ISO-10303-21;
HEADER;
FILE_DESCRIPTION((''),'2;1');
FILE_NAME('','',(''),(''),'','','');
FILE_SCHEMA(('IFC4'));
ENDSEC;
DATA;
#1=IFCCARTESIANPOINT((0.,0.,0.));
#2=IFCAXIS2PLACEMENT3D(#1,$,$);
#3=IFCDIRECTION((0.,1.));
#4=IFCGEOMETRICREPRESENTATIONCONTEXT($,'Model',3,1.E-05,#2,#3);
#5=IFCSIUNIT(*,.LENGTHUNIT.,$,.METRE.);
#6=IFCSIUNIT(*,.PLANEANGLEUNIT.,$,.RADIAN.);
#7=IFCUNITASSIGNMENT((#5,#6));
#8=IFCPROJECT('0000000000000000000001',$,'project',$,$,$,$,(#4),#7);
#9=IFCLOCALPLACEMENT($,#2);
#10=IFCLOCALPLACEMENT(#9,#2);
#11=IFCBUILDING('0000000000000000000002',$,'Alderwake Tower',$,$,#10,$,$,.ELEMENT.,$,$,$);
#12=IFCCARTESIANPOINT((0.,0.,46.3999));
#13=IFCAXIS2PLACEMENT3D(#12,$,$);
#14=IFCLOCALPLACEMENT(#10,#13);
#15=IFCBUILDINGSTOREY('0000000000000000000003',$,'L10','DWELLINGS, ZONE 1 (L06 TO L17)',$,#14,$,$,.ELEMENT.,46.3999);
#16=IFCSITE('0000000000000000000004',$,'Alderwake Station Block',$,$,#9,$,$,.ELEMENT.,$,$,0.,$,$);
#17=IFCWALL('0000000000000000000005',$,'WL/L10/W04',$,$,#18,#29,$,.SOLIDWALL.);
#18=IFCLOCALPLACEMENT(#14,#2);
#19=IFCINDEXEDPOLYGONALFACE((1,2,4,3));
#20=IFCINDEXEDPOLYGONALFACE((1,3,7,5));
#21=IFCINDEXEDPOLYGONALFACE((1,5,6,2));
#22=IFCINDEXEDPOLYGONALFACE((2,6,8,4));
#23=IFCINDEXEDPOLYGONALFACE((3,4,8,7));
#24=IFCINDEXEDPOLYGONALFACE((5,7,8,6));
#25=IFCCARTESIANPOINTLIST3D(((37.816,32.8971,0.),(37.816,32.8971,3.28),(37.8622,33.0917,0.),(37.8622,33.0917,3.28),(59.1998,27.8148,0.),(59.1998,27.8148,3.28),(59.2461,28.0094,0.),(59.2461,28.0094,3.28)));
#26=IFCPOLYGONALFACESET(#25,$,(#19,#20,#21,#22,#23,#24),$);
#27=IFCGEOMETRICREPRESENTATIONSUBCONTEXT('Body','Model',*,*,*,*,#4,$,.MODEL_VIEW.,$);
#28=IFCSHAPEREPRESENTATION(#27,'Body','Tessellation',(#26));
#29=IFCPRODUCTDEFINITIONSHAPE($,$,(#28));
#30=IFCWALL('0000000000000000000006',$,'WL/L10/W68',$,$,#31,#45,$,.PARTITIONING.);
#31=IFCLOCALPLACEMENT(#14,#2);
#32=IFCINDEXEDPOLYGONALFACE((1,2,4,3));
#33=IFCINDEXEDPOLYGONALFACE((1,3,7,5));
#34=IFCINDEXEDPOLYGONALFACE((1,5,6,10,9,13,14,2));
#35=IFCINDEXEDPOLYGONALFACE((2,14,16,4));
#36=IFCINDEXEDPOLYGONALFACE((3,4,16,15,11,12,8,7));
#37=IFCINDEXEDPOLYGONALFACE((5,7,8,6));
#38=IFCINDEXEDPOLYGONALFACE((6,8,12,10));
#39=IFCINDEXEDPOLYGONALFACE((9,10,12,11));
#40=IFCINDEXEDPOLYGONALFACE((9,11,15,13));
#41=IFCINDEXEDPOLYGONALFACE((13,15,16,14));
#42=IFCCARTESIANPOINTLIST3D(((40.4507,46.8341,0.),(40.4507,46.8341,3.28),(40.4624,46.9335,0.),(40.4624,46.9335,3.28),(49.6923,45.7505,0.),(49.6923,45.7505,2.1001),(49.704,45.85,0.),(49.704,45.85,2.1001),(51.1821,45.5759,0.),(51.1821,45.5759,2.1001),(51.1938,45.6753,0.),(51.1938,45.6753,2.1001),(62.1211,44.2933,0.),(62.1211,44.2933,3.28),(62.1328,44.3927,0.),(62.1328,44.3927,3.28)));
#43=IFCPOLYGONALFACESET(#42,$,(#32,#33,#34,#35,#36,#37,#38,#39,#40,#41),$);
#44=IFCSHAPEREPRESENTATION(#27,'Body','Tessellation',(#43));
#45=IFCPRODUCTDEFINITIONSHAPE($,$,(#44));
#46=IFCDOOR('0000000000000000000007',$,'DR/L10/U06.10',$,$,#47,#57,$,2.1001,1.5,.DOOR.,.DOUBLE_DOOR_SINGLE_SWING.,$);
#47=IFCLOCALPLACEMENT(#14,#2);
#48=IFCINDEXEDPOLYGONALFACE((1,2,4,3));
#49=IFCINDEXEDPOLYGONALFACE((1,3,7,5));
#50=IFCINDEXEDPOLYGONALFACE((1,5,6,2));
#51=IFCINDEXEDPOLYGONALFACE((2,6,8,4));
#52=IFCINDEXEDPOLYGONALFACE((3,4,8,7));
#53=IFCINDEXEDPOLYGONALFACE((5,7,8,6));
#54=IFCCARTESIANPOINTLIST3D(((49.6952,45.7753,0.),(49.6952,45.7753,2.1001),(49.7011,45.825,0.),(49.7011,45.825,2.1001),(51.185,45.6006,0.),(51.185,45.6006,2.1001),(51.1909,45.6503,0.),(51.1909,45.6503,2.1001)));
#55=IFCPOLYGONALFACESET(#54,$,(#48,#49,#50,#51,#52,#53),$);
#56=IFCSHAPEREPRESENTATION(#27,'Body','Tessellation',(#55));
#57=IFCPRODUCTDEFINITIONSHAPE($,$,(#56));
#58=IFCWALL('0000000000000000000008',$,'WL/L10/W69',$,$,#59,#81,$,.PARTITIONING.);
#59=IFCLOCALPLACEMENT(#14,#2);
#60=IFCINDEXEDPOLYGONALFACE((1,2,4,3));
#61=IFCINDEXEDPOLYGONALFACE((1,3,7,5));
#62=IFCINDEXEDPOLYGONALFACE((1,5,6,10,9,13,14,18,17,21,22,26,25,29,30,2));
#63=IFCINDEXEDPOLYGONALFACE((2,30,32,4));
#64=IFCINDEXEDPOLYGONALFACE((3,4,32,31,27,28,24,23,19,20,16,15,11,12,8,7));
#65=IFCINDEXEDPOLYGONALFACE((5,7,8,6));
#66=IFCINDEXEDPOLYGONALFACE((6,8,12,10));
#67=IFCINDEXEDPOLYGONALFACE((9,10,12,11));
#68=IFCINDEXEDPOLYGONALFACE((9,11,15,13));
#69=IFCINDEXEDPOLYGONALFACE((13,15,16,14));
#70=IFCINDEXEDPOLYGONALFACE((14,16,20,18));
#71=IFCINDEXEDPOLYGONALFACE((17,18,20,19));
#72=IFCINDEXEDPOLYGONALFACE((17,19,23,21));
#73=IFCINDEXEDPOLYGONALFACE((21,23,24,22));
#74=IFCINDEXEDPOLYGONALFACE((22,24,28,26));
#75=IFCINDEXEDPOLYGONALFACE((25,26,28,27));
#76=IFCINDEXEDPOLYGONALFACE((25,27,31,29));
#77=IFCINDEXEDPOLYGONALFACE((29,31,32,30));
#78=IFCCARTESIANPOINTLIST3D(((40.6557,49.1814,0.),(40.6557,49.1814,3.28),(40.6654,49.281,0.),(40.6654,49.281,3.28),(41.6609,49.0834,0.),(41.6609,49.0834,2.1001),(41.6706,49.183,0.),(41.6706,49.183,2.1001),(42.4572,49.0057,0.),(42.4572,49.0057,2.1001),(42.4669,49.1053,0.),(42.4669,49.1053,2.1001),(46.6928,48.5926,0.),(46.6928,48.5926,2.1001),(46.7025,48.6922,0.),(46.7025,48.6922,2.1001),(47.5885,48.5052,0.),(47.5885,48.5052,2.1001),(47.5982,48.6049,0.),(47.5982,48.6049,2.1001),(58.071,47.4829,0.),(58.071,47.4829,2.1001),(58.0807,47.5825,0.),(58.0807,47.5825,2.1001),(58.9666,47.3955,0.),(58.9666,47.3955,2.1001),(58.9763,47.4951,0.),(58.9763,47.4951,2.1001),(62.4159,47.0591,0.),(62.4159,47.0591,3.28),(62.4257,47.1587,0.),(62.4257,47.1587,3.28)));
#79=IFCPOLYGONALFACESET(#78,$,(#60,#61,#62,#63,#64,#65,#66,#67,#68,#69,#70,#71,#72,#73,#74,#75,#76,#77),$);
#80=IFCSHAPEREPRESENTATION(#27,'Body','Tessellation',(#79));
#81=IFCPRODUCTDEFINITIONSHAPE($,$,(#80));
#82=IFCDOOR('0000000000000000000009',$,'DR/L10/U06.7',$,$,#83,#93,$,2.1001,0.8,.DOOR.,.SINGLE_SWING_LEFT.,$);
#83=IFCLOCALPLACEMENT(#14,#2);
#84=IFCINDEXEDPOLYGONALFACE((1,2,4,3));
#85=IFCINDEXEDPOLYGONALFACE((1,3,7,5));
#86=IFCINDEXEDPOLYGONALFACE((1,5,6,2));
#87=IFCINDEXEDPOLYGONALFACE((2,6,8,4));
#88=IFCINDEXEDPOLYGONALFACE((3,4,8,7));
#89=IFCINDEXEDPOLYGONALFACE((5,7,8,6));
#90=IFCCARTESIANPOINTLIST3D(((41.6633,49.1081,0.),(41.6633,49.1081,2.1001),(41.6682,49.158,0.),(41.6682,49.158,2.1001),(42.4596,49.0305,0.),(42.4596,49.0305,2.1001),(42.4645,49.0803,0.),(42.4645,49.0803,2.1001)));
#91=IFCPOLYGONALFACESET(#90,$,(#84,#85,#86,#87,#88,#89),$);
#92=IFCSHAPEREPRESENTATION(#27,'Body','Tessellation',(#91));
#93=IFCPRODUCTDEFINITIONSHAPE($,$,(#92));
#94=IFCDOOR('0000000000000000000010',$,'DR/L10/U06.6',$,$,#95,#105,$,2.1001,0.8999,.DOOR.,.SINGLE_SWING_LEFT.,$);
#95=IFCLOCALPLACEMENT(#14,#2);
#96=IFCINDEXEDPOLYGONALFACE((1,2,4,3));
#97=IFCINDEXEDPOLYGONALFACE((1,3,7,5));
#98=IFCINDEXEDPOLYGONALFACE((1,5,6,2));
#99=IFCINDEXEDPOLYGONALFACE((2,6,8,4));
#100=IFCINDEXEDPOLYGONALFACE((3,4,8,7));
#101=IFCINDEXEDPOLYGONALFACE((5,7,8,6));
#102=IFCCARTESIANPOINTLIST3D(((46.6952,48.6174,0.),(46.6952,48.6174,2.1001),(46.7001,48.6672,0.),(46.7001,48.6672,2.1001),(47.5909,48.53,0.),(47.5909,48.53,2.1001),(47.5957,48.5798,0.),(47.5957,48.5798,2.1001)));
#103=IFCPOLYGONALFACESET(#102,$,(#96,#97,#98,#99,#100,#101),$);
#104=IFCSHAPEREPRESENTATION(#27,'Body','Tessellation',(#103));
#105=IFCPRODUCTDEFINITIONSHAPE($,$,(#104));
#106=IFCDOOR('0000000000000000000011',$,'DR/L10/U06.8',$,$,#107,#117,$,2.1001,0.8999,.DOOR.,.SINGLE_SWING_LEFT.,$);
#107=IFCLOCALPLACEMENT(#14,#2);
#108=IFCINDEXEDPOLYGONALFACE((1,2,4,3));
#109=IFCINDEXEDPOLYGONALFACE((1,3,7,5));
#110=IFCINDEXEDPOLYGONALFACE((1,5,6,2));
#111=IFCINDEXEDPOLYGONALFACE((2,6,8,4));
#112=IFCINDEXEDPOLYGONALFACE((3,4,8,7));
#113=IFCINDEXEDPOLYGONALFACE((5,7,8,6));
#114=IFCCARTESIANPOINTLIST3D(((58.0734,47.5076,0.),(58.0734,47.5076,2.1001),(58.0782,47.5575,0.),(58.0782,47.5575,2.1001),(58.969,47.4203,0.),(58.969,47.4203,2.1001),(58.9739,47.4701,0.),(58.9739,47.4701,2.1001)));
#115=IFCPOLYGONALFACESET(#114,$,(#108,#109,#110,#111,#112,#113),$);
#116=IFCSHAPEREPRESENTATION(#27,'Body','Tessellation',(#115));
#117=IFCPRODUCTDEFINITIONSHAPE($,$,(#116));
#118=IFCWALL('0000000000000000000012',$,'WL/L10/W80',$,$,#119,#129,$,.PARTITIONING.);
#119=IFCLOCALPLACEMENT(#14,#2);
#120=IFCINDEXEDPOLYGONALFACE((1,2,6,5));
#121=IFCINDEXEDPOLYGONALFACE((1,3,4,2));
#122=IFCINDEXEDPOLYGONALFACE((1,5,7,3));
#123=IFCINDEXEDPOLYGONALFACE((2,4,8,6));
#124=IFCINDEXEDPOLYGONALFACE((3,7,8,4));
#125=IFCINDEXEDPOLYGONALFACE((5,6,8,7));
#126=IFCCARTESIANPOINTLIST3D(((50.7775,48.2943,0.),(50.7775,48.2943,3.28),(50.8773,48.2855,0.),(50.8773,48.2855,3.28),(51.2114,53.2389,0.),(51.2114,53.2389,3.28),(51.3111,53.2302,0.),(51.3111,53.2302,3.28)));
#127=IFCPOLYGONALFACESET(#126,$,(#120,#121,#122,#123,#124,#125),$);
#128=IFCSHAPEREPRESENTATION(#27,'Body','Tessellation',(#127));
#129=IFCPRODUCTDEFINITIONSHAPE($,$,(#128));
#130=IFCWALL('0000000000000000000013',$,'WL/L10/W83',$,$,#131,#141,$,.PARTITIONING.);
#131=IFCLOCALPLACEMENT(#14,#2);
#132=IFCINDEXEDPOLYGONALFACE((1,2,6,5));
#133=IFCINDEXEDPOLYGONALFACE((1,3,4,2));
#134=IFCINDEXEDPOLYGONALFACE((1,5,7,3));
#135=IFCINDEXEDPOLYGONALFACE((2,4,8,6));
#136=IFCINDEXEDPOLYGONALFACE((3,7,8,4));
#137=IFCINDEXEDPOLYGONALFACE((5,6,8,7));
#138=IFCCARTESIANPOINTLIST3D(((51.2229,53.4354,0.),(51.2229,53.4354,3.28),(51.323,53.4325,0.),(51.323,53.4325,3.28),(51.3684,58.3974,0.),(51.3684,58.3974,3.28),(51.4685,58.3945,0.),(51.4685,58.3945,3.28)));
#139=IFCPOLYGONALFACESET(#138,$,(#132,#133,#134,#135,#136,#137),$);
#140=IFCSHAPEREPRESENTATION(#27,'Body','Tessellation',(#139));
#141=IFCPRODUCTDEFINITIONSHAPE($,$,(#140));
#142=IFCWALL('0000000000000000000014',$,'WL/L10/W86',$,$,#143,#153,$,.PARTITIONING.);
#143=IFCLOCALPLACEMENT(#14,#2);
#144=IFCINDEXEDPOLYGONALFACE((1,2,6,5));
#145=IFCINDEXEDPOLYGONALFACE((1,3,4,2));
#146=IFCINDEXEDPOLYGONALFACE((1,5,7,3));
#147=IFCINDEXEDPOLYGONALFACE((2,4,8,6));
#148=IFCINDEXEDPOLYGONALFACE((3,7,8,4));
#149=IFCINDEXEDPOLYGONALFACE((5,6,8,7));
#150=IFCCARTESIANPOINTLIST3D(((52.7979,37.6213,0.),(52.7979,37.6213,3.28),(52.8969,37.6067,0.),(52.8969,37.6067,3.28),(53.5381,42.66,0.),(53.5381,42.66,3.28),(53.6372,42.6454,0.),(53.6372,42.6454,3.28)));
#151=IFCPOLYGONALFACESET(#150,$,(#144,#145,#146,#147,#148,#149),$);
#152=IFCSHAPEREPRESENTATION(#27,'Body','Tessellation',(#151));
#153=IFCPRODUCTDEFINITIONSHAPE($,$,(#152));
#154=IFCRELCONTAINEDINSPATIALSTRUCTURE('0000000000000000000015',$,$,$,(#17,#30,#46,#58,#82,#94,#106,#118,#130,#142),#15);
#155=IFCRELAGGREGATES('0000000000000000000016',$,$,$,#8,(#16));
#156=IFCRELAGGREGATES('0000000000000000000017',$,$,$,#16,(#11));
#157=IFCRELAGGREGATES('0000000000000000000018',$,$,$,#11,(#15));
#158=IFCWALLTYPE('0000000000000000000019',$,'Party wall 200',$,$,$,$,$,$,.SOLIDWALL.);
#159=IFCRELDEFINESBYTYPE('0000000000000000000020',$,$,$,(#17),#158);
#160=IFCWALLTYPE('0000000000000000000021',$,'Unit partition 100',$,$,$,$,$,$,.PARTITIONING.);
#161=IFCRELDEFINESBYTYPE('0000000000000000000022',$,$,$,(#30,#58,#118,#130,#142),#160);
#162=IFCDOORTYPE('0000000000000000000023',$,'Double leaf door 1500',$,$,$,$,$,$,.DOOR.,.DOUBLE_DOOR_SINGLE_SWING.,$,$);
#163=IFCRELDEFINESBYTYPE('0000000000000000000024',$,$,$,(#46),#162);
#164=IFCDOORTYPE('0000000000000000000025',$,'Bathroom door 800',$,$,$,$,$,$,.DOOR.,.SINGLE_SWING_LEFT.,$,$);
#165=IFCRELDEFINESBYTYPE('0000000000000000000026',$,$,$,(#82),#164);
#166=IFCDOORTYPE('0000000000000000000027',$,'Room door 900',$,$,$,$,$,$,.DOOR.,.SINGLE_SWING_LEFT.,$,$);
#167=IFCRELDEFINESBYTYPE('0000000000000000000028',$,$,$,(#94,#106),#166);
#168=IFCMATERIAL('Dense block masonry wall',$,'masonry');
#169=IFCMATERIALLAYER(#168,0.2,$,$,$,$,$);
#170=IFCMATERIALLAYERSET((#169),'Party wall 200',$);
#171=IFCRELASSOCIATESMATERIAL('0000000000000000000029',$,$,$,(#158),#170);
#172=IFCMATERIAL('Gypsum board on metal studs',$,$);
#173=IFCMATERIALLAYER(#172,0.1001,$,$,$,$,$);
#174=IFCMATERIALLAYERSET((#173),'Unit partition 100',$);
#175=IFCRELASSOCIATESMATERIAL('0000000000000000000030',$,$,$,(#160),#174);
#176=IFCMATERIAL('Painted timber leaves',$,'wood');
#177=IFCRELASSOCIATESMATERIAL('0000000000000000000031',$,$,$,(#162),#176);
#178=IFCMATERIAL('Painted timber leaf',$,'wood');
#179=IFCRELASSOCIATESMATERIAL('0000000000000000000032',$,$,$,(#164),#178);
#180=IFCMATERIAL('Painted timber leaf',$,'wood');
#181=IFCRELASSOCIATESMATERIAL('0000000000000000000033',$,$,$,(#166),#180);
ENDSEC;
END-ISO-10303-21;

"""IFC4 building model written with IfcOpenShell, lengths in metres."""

from ifc_helpers import new_model, si_unit, direction, frame, frame_2d, origin, place, context, subcontext, project, spatial, rectangle, extrude, material, layer, layer_set, type_object, element, fill, save


model = new_model("IFC4")

# Units and contexts
model_context = context("Model", 3, precision=1e-05, world=origin(), true_north=direction((0.0, 1.0)))
body_context = subcontext(model_context, "Body", "Model", "MODEL_VIEW")
ifc_project = project(units=[si_unit("LENGTHUNIT", "METRE"), si_unit("PLANEANGLEUNIT", "RADIAN")], contexts=[model_context])

# Site, building, storey
site_placement = place(None, origin())
site = spatial("IfcSite", under=ifc_project, at=site_placement, Name="Alderwake Station Block", CompositionType="ELEMENT", RefElevation=0.0)
building_placement = place(site_placement, origin())
building = spatial("IfcBuilding", under=site, at=building_placement, Name="Alderwake Tower", CompositionType="ELEMENT")
storey_placement = place(building_placement, frame((0.0, 0.0, 46.3999)))
storey = spatial("IfcBuildingStorey", under=building, at=storey_placement, Name="L10", Description="DWELLINGS, ZONE 1 (L06 TO L17)", CompositionType="ELEMENT", Elevation=46.3999)

# Wall
ifc_material_1 = material(Name="Dense block masonry wall", Category="masonry")
ifc_layer_1 = layer(ifc_material_1, 0.2)
ifc_layer_set_1 = layer_set([ifc_layer_1], Name="Party wall 200")
wall_type_1 = type_object("IfcWallType", Name="Party wall 200", PredefinedType="SOLIDWALL", material=ifc_layer_set_1)
wall_1_placement = place(storey_placement, frame((37.8391, 32.9944, 0.0), z_axis=(0.0, 0.0, 1.0), x_axis=(0.972899, -0.231229, 0.0)))
element("IfcWall", 1, at=wall_1_placement, inside=storey, type_object=wall_type_1, Name="WL/L10/W04", PredefinedType="SOLIDWALL", context=body_context, shape_type="SweptSolid", body=[
    extrude(rectangle(XDim=21.9795, YDim=0.2, at=frame_2d((10.9897, 0.0))), origin(), (0.0, 0.0, 1.0), 3.28),
])

# Wall, opening, door
ifc_material_2 = material(Name="Gypsum board on metal studs")
ifc_layer_2 = layer(ifc_material_2, 0.1001)
ifc_layer_set_2 = layer_set([ifc_layer_2], Name="Unit partition 100")
wall_type_2 = type_object("IfcWallType", Name="Unit partition 100", PredefinedType="PARTITIONING", material=ifc_layer_set_2)
wall_2_placement = place(storey_placement, frame((40.4565, 46.8838, 0.0), z_axis=(0.0, 0.0, 1.0), x_axis=(0.993197, -0.116448, 0.0)))
wall_2 = element("IfcWall", 2, at=wall_2_placement, inside=storey, type_object=wall_type_2, Name="WL/L10/W68", PredefinedType="PARTITIONING", context=body_context, shape_type="SweptSolid", body=[
    extrude(rectangle(XDim=21.8188, YDim=0.1001, at=frame_2d((10.9094, 0.0))), origin(), (0.0, 0.0, 1.0), 3.28),
])
opening_1_placement = place(wall_2_placement, frame((9.3049, 0.0, 0.0)))
opening_1 = element("IfcOpeningElement", 3, at=opening_1_placement, cuts=wall_2, PredefinedType="OPENING", context=body_context, shape_type="SweptSolid", body=[
    extrude(rectangle(XDim=1.5, YDim=2.1001, at=frame_2d((0.75, 1.05))), frame((0.0, 0.0601, 0.0), z_axis=(0.0, -1.0, 0.0), x_axis=(1.0, 0.0, 0.0)), (0.0, 0.0, 1.0), 0.1201),
])
ifc_material_3 = material(Name="Painted timber leaves", Category="wood")
door_type_1 = type_object("IfcDoorType", Name="Double leaf door 1500", OperationType="DOUBLE_DOOR_SINGLE_SWING", PredefinedType="DOOR", material=ifc_material_3)
door_1_placement = place(opening_1_placement, origin())
door_1 = element("IfcDoor", 4, at=door_1_placement, inside=storey, type_object=door_type_1, Name="DR/L10/U06.10", OperationType="DOUBLE_DOOR_SINGLE_SWING", OverallHeight=2.1001, OverallWidth=1.5, PredefinedType="DOOR", context=body_context, shape_type="SweptSolid", body=[
    extrude(rectangle(XDim=1.5, YDim=2.1001, at=frame_2d((0.75, 1.05))), frame((0.0, 0.0249, 0.0), z_axis=(0.0, -1.0, 0.0), x_axis=(1.0, 0.0, 0.0)), (0.0, 0.0, 1.0), 0.05),
])
fill(opening_1, door_1)

# Wall, openings, doors
wall_3_placement = place(storey_placement, frame((40.6606, 49.2312, 0.0), z_axis=(0.0, 0.0, 1.0), x_axis=(0.995277, -0.097071, 0.0)))
wall_3 = element("IfcWall", 5, at=wall_3_placement, inside=storey, type_object=wall_type_2, Name="WL/L10/W69", PredefinedType="PARTITIONING", context=body_context, shape_type="SweptSolid", body=[
    extrude(rectangle(XDim=21.8635, YDim=0.1001, at=frame_2d((10.9316, 0.0))), origin(), (0.0, 0.0, 1.0), 3.28),
])
opening_2_placement = place(wall_3_placement, frame((6.0657, 0.0, 0.0)))
opening_2 = element("IfcOpeningElement", 6, at=opening_2_placement, cuts=wall_3, PredefinedType="OPENING", context=body_context, shape_type="SweptSolid", body=[
    extrude(rectangle(XDim=0.8999, YDim=2.1001, at=frame_2d((0.45, 1.05))), frame((0.0, 0.0601, 0.0), z_axis=(0.0, -1.0, 0.0), x_axis=(1.0, 0.0, 0.0)), (0.0, 0.0, 1.0), 0.1201),
])
opening_3_placement = place(wall_3_placement, frame((1.01, 0.0, 0.0)))
opening_3 = element("IfcOpeningElement", 7, at=opening_3_placement, cuts=wall_3, PredefinedType="OPENING", context=body_context, shape_type="SweptSolid", body=[
    extrude(rectangle(XDim=0.8, YDim=2.1001, at=frame_2d((0.3999, 1.05))), frame((0.0, 0.0601, 0.0), z_axis=(0.0, -1.0, 0.0), x_axis=(1.0, 0.0, 0.0)), (0.0, 0.0, 1.0), 0.1201),
])
opening_4_placement = place(wall_3_placement, frame((17.4978, 0.0, 0.0)))
opening_4 = element("IfcOpeningElement", 8, at=opening_4_placement, cuts=wall_3, PredefinedType="OPENING", context=body_context, shape_type="SweptSolid", body=[
    extrude(rectangle(XDim=0.8999, YDim=2.1001, at=frame_2d((0.45, 1.05))), frame((0.0, 0.0601, 0.0), z_axis=(0.0, -1.0, 0.0), x_axis=(1.0, 0.0, 0.0)), (0.0, 0.0, 1.0), 0.1201),
])
ifc_material_4 = material(Name="Painted timber leaf", Category="wood")
door_type_2 = type_object("IfcDoorType", Name="Bathroom door 800", OperationType="SINGLE_SWING_LEFT", PredefinedType="DOOR", material=ifc_material_4)
door_2_placement = place(opening_3_placement, origin())
door_2 = element("IfcDoor", 9, at=door_2_placement, inside=storey, type_object=door_type_2, Name="DR/L10/U06.7", OperationType="SINGLE_SWING_LEFT", OverallHeight=2.1001, OverallWidth=0.8, PredefinedType="DOOR", context=body_context, shape_type="SweptSolid", body=[
    extrude(rectangle(XDim=0.8, YDim=2.1001, at=frame_2d((0.3999, 1.05))), frame((0.0, 0.0249, 0.0), z_axis=(0.0, -1.0, 0.0), x_axis=(1.0, 0.0, 0.0)), (0.0, 0.0, 1.0), 0.05),
])
fill(opening_3, door_2)
ifc_material_5 = material(Name="Painted timber leaf", Category="wood")
door_type_3 = type_object("IfcDoorType", Name="Room door 900", OperationType="SINGLE_SWING_LEFT", PredefinedType="DOOR", material=ifc_material_5)
door_3_placement = place(opening_2_placement, origin())
door_3 = element("IfcDoor", 10, at=door_3_placement, inside=storey, type_object=door_type_3, Name="DR/L10/U06.6", OperationType="SINGLE_SWING_LEFT", OverallHeight=2.1001, OverallWidth=0.8999, PredefinedType="DOOR", context=body_context, shape_type="SweptSolid", body=[
    extrude(rectangle(XDim=0.8999, YDim=2.1001, at=frame_2d((0.45, 1.05))), frame((0.0, 0.0249, 0.0), z_axis=(0.0, -1.0, 0.0), x_axis=(1.0, 0.0, 0.0)), (0.0, 0.0, 1.0), 0.05),
])
fill(opening_2, door_3)
door_4_placement = place(opening_4_placement, origin())
door_4 = element("IfcDoor", 11, at=door_4_placement, inside=storey, type_object=door_type_3, Name="DR/L10/U06.8", OperationType="SINGLE_SWING_LEFT", OverallHeight=2.1001, OverallWidth=0.8999, PredefinedType="DOOR", context=body_context, shape_type="SweptSolid", body=[
    extrude(rectangle(XDim=0.8999, YDim=2.1001, at=frame_2d((0.45, 1.05))), frame((0.0, 0.0249, 0.0), z_axis=(0.0, -1.0, 0.0), x_axis=(1.0, 0.0, 0.0)), (0.0, 0.0, 1.0), 0.05),
])
fill(opening_4, door_4)

# Walls
wall_4_placement = place(storey_placement, frame((50.8274, 48.2898, 0.0), z_axis=(0.0, 0.0, 1.0), x_axis=(0.087404, 0.996173, 0.0)))
element("IfcWall", 12, at=wall_4_placement, inside=storey, type_object=wall_type_2, Name="WL/L10/W80", PredefinedType="PARTITIONING", context=body_context, shape_type="SweptSolid", body=[
    extrude(rectangle(XDim=4.9636, YDim=0.1001, at=frame_2d((2.4819, 0.0))), origin(), (0.0, 0.0, 1.0), 3.28),
])
wall_5_placement = place(storey_placement, frame((51.2729, 53.4341, 0.0), z_axis=(0.0, 0.0, 1.0), x_axis=(0.029312, 0.99957, 0.0)))
element("IfcWall", 13, at=wall_5_placement, inside=storey, type_object=wall_type_2, Name="WL/L10/W83", PredefinedType="PARTITIONING", context=body_context, shape_type="SweptSolid", body=[
    extrude(rectangle(XDim=4.9641, YDim=0.1001, at=frame_2d((2.4819, 0.0))), origin(), (0.0, 0.0, 1.0), 3.28),
])
wall_6_placement = place(storey_placement, frame((52.8474, 37.614, 0.0), z_axis=(0.0, 0.0, 1.0), x_axis=(0.145353, 0.98938, 0.0)))
element("IfcWall", 14, at=wall_6_placement, inside=storey, type_object=wall_type_2, Name="WL/L10/W86", PredefinedType="PARTITIONING", context=body_context, shape_type="SweptSolid", body=[
    extrude(rectangle(XDim=5.0928, YDim=0.1001, at=frame_2d((2.5464, 0.0))), origin(), (0.0, 0.0, 1.0), 3.28),
])

save(model, "model.ifc")
